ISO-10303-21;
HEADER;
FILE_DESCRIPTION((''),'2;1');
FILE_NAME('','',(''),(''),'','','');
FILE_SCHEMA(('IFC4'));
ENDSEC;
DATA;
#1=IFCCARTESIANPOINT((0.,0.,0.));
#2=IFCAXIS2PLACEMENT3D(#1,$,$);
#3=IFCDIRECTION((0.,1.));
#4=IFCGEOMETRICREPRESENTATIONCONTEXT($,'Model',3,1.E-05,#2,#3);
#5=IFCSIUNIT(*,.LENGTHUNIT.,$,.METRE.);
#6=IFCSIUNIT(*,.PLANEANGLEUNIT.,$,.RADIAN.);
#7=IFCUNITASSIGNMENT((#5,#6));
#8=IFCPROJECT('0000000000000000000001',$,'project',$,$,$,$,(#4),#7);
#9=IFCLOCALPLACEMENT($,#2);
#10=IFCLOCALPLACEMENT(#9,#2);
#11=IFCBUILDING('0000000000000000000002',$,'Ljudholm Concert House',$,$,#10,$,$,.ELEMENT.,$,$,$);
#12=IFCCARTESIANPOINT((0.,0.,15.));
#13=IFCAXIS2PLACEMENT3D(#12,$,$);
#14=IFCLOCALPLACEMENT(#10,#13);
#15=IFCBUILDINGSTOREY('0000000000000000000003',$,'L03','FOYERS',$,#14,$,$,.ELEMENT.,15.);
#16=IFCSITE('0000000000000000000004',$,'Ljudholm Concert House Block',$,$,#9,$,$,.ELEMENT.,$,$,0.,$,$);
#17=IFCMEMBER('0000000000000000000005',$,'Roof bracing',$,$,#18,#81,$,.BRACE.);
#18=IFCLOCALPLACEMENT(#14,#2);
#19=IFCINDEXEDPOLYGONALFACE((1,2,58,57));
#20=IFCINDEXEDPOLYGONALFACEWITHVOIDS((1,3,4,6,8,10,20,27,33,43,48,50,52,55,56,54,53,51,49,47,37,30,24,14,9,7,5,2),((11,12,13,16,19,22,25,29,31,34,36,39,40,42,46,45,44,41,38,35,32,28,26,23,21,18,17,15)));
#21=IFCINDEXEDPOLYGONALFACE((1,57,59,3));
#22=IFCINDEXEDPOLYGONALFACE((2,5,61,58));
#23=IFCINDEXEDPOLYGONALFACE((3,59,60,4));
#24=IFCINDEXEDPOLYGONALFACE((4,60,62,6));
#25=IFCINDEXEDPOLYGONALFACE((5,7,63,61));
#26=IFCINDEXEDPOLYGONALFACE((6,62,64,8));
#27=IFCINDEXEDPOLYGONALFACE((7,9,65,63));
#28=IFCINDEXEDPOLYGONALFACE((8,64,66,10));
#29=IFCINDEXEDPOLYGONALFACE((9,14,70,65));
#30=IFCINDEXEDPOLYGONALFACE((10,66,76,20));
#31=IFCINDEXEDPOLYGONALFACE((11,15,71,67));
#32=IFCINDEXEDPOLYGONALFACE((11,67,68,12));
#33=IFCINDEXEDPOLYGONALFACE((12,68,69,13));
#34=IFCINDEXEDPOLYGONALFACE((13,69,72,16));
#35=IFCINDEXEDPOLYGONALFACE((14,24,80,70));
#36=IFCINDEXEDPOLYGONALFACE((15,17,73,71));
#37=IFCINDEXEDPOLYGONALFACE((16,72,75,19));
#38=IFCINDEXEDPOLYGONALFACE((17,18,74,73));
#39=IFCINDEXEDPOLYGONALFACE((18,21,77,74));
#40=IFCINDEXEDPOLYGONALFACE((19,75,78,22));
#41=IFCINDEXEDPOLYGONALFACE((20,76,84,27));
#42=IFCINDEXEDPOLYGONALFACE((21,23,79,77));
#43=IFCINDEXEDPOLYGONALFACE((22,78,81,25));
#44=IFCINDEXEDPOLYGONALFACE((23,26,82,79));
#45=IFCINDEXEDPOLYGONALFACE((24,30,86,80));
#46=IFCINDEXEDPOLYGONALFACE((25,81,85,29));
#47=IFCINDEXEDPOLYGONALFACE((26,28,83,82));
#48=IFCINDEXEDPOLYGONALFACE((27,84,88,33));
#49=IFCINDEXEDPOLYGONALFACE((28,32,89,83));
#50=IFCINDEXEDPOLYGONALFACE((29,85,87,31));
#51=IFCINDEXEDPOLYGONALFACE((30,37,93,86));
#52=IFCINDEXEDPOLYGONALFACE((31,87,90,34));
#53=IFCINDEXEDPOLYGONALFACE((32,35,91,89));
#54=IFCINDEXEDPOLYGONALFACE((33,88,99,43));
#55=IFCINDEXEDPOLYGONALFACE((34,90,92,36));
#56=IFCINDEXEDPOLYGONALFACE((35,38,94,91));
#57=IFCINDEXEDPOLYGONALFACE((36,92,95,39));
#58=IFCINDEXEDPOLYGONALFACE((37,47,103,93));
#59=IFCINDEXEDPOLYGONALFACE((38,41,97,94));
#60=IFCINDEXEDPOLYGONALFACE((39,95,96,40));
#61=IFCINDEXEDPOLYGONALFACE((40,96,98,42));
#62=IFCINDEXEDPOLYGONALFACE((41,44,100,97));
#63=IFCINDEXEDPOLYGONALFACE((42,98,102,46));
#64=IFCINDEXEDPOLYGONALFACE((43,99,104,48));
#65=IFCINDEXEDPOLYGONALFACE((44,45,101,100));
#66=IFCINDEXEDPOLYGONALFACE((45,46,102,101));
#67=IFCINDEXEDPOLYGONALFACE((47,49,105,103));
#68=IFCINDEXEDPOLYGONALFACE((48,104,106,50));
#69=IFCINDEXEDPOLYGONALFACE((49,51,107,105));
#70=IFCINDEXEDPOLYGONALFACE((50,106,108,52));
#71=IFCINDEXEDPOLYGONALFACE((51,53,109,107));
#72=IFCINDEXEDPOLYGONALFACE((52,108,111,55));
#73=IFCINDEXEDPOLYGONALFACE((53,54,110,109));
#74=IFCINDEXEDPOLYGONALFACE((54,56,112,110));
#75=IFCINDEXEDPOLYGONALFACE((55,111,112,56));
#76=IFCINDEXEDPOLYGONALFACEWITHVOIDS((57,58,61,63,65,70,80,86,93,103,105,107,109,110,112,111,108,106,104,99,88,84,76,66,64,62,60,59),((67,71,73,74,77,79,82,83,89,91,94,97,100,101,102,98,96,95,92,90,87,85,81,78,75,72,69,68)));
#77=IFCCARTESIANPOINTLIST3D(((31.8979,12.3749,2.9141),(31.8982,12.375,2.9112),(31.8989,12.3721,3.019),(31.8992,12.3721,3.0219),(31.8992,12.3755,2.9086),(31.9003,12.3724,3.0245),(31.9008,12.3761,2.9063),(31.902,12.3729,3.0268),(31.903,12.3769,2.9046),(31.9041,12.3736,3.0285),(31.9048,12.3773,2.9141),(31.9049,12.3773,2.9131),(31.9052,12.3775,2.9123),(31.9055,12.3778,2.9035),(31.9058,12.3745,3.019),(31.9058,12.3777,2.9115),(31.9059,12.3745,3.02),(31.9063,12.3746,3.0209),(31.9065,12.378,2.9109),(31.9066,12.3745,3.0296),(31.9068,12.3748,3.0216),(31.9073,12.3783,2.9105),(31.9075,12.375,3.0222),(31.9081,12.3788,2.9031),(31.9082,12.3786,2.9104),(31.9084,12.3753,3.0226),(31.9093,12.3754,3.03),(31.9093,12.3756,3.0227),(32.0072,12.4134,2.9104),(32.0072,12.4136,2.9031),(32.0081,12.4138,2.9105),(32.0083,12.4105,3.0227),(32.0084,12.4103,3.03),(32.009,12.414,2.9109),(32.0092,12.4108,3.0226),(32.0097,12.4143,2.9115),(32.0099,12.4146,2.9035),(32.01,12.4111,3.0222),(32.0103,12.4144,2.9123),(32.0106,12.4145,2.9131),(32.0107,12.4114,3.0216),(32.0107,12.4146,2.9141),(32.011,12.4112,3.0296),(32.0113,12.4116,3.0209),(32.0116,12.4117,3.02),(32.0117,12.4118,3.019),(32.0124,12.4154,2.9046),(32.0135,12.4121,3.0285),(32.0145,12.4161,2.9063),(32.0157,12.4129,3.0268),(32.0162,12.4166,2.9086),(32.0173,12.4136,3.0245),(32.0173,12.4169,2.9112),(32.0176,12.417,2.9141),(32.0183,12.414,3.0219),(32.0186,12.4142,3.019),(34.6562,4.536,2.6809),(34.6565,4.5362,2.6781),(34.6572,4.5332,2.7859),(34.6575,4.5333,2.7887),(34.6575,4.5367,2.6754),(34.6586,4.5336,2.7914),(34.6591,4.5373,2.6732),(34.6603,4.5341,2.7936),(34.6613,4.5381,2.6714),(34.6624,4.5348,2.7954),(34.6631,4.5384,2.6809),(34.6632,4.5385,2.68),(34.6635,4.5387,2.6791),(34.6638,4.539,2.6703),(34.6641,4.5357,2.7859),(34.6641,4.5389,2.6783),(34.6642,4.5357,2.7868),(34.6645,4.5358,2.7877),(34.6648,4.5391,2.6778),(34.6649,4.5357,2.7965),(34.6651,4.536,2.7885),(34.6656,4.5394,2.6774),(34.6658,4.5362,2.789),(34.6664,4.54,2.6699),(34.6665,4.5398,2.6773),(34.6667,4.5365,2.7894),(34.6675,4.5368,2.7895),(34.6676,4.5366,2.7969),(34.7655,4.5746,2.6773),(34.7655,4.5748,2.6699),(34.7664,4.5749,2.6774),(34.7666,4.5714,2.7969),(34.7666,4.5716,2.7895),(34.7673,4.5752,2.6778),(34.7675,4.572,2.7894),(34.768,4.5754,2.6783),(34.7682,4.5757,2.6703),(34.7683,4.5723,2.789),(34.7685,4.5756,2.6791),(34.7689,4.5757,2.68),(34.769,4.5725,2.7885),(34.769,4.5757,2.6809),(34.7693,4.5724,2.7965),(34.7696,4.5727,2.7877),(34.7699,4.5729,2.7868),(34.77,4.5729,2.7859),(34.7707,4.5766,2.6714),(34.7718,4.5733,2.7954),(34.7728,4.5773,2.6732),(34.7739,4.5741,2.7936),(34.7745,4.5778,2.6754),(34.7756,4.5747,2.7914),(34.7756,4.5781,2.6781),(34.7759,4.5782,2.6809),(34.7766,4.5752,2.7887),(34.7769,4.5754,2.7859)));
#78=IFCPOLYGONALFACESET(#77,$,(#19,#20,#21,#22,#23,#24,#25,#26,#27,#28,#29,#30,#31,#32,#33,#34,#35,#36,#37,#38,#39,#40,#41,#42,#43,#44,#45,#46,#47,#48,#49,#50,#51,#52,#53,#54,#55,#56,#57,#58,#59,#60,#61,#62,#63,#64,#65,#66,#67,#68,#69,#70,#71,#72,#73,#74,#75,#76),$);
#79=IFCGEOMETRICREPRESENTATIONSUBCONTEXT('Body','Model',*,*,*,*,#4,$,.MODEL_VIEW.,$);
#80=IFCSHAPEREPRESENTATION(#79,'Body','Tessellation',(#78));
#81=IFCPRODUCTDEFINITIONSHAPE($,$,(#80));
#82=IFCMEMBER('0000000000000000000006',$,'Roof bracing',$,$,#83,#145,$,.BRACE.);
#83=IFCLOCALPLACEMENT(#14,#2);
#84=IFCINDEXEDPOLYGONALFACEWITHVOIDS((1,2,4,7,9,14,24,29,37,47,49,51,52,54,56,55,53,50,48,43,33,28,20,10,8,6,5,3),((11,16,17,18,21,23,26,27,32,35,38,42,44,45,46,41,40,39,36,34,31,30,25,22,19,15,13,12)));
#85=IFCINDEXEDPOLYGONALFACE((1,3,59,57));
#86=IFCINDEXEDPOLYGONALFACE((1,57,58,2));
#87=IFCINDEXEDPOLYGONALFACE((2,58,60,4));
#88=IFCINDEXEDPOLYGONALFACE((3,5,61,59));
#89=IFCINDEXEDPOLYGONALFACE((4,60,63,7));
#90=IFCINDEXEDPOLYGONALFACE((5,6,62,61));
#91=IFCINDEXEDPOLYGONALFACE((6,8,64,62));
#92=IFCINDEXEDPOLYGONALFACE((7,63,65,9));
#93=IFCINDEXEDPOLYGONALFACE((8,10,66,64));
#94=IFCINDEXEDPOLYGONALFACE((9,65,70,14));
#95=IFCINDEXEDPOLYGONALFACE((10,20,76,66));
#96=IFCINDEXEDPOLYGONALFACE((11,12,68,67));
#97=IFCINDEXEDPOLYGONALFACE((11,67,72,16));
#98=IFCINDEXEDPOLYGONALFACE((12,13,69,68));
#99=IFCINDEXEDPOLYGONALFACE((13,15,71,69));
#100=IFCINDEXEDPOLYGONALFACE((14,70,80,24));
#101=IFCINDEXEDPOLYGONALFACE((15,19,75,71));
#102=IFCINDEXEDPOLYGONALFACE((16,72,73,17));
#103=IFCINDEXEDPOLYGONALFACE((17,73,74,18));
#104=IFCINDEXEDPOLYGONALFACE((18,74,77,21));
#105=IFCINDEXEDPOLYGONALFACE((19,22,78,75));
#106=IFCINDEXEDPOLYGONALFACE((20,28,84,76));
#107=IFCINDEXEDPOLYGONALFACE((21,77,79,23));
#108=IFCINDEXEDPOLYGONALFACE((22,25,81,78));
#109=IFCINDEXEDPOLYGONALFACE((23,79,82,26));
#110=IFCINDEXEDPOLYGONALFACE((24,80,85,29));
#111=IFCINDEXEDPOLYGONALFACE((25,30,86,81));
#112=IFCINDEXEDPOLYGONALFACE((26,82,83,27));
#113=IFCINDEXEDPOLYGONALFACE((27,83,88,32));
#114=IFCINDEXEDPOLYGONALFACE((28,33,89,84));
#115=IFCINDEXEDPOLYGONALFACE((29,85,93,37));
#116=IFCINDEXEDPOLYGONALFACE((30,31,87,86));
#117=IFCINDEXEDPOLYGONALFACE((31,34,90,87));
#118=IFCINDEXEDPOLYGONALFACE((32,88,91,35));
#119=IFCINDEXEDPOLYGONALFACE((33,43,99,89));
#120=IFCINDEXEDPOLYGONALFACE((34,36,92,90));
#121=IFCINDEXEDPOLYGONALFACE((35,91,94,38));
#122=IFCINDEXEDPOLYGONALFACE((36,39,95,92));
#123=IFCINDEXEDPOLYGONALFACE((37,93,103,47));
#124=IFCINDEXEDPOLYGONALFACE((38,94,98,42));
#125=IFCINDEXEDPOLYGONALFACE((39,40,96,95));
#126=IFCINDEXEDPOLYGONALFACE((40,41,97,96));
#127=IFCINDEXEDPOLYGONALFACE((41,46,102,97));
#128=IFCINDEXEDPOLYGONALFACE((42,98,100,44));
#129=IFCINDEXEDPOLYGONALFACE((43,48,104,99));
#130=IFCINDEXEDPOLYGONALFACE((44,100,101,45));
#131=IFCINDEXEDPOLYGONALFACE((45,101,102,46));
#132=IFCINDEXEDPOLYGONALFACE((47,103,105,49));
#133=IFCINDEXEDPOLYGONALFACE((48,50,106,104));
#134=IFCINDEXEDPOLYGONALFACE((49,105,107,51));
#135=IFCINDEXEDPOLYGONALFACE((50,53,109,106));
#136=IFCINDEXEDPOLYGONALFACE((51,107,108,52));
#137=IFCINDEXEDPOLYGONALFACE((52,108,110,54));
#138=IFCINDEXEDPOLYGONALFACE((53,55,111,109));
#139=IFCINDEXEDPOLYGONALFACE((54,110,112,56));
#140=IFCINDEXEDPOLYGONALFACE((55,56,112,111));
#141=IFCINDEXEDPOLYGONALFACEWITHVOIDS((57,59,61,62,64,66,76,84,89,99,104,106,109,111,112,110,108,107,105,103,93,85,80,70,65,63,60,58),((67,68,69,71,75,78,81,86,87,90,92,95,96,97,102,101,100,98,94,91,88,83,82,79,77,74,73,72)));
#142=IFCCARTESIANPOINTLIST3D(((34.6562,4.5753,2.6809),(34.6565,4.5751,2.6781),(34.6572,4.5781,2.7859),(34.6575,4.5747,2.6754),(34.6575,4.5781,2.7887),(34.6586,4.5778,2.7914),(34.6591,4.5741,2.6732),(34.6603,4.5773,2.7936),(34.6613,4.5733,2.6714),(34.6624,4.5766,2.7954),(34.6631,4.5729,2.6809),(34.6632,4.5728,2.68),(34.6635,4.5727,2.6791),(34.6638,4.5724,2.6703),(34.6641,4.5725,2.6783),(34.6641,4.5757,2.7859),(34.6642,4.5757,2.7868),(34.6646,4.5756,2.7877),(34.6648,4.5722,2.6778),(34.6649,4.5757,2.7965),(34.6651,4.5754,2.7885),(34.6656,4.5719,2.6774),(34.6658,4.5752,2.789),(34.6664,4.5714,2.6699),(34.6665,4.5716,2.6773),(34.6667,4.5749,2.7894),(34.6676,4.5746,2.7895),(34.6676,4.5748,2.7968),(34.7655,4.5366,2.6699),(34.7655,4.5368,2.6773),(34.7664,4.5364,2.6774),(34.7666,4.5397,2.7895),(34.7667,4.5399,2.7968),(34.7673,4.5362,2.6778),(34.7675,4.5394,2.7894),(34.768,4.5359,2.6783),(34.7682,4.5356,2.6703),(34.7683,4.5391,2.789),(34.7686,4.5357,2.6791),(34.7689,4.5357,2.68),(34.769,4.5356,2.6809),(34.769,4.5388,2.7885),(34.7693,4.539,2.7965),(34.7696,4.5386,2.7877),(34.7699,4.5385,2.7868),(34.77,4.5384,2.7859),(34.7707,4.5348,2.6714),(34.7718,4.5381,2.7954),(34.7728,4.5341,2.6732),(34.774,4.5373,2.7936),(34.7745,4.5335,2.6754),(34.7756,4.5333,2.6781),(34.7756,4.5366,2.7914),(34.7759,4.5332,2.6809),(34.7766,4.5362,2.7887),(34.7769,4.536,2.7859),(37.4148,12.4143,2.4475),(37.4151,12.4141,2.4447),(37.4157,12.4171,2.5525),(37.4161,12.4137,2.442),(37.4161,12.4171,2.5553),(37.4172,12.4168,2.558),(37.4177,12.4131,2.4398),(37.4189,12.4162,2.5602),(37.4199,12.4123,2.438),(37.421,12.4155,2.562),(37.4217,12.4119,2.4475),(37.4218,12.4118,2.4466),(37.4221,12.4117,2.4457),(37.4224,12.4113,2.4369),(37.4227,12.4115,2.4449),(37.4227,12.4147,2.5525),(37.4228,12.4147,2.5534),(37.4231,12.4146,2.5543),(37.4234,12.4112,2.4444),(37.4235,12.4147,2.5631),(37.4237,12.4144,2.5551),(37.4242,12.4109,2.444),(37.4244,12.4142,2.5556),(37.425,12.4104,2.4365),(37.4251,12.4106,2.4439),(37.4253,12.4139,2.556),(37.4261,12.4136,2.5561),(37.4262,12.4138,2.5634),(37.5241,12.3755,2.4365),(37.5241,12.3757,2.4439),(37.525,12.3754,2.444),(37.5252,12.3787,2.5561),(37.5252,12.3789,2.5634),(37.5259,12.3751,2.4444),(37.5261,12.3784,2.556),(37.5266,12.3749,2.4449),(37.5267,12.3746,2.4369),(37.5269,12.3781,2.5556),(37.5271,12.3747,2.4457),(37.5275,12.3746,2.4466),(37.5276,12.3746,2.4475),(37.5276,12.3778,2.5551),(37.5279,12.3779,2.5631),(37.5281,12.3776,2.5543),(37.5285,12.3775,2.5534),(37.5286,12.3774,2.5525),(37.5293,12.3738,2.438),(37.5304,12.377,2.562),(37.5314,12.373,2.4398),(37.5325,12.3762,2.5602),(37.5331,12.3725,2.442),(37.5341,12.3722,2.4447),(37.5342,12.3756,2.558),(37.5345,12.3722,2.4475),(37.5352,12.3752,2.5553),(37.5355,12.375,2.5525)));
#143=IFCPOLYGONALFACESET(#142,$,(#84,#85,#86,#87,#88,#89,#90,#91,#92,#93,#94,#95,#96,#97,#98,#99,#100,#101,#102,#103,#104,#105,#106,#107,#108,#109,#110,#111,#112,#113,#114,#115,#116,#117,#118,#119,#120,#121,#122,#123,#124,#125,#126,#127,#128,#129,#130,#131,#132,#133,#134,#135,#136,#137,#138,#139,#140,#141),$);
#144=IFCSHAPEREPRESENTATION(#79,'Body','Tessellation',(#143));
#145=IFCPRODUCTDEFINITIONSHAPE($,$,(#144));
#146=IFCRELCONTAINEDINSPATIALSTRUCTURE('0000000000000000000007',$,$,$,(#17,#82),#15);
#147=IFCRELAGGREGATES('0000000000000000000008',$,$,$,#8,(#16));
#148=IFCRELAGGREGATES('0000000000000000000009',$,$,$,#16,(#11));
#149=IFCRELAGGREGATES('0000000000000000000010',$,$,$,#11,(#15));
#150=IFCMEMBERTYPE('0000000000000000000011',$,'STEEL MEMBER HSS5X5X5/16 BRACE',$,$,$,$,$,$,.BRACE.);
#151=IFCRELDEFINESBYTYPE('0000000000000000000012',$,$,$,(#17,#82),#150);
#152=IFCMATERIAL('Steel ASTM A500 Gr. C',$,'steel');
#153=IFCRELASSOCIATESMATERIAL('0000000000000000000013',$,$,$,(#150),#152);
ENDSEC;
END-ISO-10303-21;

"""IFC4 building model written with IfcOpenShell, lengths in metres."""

from ifc_helpers import new_model, si_unit, direction, frame, origin, origin_2d, place, context, subcontext, project, spatial, hollow_rectangle, extrude, material, material_profile, profile_set, type_object, element, save


model = new_model("IFC4")

# Units and contexts
model_context = context("Model", 3, precision=1e-05, world=origin(), true_north=direction((0.0, 1.0)))
body_context = subcontext(model_context, "Body", "Model", "MODEL_VIEW")
ifc_project = project(units=[si_unit("LENGTHUNIT", "METRE"), si_unit("PLANEANGLEUNIT", "RADIAN")], contexts=[model_context])

# Site, building, storey
site_placement = place(None, origin())
site = spatial("IfcSite", under=ifc_project, at=site_placement, Name="Ljudholm Concert House Block", CompositionType="ELEMENT", RefElevation=0.0)
building_placement = place(site_placement, origin())
building = spatial("IfcBuilding", under=site, at=building_placement, Name="Ljudholm Concert House", CompositionType="ELEMENT")
storey_placement = place(building_placement, frame((0.0, 0.0, 15.0)))
storey = spatial("IfcBuildingStorey", under=building, at=storey_placement, Name="L03", Description="FOYERS", CompositionType="ELEMENT", Elevation=15.0)

# Members
ifc_material_1 = material(Name="Steel ASTM A500 Gr. C", Category="steel")
ifc_material_profile_1 = material_profile(ifc_material_1, hollow_rectangle(XDim=0.127, YDim=0.127, WallThickness=0.0073, InnerFilletRadius=0.0037, OuterFilletRadius=0.011, at=origin_2d()), Name="HSS5X5X5/16")
ifc_profile_set_1 = profile_set([ifc_material_profile_1], Name="Steel ASTM A500 Gr. C")
member_type_1 = type_object("IfcMemberType", Name="STEEL MEMBER HSS5X5X5/16 BRACE", PredefinedType="BRACE", material=ifc_profile_set_1)
for number, where, z_axis, x_axis, name in (
    (1, (31.9583, 12.3945, 2.9666), (0.331795, -0.942935, -0.028046), (0.943306, 0.331926, 0.0), "Roof bracing"),
):
    element("IfcMember", number, at=place(storey_placement, frame(where, z_axis=z_axis, x_axis=x_axis)), inside=storey, type_object=member_type_1, Name=name, PredefinedType="BRACE", context=body_context, shape_type="SweptSolid", body=[
        extrude(hollow_rectangle(XDim=0.127, YDim=0.127, WallThickness=0.0073, InnerFilletRadius=0.0037, OuterFilletRadius=0.011, at=origin_2d()), origin(), (0.0, 0.0, 1.0), 8.3132),
    ])
member_1_placement = place(storey_placement, frame((34.7166, 4.5557, 2.7334), z_axis=(0.331821, 0.942925, -0.028075), x_axis=(-0.943296, 0.331952, 0.0)))
element("IfcMember", 2, at=member_1_placement, inside=storey, type_object=member_type_1, Name="Roof bracing", PredefinedType="BRACE", context=body_context, shape_type="SweptSolid", body=[
    extrude(hollow_rectangle(XDim=0.127, YDim=0.127, WallThickness=0.0073, InnerFilletRadius=0.0037, OuterFilletRadius=0.011, at=origin_2d()), origin(), (0.0, 0.0, 1.0), 8.3135),
])

save(model, "model.ifc")
